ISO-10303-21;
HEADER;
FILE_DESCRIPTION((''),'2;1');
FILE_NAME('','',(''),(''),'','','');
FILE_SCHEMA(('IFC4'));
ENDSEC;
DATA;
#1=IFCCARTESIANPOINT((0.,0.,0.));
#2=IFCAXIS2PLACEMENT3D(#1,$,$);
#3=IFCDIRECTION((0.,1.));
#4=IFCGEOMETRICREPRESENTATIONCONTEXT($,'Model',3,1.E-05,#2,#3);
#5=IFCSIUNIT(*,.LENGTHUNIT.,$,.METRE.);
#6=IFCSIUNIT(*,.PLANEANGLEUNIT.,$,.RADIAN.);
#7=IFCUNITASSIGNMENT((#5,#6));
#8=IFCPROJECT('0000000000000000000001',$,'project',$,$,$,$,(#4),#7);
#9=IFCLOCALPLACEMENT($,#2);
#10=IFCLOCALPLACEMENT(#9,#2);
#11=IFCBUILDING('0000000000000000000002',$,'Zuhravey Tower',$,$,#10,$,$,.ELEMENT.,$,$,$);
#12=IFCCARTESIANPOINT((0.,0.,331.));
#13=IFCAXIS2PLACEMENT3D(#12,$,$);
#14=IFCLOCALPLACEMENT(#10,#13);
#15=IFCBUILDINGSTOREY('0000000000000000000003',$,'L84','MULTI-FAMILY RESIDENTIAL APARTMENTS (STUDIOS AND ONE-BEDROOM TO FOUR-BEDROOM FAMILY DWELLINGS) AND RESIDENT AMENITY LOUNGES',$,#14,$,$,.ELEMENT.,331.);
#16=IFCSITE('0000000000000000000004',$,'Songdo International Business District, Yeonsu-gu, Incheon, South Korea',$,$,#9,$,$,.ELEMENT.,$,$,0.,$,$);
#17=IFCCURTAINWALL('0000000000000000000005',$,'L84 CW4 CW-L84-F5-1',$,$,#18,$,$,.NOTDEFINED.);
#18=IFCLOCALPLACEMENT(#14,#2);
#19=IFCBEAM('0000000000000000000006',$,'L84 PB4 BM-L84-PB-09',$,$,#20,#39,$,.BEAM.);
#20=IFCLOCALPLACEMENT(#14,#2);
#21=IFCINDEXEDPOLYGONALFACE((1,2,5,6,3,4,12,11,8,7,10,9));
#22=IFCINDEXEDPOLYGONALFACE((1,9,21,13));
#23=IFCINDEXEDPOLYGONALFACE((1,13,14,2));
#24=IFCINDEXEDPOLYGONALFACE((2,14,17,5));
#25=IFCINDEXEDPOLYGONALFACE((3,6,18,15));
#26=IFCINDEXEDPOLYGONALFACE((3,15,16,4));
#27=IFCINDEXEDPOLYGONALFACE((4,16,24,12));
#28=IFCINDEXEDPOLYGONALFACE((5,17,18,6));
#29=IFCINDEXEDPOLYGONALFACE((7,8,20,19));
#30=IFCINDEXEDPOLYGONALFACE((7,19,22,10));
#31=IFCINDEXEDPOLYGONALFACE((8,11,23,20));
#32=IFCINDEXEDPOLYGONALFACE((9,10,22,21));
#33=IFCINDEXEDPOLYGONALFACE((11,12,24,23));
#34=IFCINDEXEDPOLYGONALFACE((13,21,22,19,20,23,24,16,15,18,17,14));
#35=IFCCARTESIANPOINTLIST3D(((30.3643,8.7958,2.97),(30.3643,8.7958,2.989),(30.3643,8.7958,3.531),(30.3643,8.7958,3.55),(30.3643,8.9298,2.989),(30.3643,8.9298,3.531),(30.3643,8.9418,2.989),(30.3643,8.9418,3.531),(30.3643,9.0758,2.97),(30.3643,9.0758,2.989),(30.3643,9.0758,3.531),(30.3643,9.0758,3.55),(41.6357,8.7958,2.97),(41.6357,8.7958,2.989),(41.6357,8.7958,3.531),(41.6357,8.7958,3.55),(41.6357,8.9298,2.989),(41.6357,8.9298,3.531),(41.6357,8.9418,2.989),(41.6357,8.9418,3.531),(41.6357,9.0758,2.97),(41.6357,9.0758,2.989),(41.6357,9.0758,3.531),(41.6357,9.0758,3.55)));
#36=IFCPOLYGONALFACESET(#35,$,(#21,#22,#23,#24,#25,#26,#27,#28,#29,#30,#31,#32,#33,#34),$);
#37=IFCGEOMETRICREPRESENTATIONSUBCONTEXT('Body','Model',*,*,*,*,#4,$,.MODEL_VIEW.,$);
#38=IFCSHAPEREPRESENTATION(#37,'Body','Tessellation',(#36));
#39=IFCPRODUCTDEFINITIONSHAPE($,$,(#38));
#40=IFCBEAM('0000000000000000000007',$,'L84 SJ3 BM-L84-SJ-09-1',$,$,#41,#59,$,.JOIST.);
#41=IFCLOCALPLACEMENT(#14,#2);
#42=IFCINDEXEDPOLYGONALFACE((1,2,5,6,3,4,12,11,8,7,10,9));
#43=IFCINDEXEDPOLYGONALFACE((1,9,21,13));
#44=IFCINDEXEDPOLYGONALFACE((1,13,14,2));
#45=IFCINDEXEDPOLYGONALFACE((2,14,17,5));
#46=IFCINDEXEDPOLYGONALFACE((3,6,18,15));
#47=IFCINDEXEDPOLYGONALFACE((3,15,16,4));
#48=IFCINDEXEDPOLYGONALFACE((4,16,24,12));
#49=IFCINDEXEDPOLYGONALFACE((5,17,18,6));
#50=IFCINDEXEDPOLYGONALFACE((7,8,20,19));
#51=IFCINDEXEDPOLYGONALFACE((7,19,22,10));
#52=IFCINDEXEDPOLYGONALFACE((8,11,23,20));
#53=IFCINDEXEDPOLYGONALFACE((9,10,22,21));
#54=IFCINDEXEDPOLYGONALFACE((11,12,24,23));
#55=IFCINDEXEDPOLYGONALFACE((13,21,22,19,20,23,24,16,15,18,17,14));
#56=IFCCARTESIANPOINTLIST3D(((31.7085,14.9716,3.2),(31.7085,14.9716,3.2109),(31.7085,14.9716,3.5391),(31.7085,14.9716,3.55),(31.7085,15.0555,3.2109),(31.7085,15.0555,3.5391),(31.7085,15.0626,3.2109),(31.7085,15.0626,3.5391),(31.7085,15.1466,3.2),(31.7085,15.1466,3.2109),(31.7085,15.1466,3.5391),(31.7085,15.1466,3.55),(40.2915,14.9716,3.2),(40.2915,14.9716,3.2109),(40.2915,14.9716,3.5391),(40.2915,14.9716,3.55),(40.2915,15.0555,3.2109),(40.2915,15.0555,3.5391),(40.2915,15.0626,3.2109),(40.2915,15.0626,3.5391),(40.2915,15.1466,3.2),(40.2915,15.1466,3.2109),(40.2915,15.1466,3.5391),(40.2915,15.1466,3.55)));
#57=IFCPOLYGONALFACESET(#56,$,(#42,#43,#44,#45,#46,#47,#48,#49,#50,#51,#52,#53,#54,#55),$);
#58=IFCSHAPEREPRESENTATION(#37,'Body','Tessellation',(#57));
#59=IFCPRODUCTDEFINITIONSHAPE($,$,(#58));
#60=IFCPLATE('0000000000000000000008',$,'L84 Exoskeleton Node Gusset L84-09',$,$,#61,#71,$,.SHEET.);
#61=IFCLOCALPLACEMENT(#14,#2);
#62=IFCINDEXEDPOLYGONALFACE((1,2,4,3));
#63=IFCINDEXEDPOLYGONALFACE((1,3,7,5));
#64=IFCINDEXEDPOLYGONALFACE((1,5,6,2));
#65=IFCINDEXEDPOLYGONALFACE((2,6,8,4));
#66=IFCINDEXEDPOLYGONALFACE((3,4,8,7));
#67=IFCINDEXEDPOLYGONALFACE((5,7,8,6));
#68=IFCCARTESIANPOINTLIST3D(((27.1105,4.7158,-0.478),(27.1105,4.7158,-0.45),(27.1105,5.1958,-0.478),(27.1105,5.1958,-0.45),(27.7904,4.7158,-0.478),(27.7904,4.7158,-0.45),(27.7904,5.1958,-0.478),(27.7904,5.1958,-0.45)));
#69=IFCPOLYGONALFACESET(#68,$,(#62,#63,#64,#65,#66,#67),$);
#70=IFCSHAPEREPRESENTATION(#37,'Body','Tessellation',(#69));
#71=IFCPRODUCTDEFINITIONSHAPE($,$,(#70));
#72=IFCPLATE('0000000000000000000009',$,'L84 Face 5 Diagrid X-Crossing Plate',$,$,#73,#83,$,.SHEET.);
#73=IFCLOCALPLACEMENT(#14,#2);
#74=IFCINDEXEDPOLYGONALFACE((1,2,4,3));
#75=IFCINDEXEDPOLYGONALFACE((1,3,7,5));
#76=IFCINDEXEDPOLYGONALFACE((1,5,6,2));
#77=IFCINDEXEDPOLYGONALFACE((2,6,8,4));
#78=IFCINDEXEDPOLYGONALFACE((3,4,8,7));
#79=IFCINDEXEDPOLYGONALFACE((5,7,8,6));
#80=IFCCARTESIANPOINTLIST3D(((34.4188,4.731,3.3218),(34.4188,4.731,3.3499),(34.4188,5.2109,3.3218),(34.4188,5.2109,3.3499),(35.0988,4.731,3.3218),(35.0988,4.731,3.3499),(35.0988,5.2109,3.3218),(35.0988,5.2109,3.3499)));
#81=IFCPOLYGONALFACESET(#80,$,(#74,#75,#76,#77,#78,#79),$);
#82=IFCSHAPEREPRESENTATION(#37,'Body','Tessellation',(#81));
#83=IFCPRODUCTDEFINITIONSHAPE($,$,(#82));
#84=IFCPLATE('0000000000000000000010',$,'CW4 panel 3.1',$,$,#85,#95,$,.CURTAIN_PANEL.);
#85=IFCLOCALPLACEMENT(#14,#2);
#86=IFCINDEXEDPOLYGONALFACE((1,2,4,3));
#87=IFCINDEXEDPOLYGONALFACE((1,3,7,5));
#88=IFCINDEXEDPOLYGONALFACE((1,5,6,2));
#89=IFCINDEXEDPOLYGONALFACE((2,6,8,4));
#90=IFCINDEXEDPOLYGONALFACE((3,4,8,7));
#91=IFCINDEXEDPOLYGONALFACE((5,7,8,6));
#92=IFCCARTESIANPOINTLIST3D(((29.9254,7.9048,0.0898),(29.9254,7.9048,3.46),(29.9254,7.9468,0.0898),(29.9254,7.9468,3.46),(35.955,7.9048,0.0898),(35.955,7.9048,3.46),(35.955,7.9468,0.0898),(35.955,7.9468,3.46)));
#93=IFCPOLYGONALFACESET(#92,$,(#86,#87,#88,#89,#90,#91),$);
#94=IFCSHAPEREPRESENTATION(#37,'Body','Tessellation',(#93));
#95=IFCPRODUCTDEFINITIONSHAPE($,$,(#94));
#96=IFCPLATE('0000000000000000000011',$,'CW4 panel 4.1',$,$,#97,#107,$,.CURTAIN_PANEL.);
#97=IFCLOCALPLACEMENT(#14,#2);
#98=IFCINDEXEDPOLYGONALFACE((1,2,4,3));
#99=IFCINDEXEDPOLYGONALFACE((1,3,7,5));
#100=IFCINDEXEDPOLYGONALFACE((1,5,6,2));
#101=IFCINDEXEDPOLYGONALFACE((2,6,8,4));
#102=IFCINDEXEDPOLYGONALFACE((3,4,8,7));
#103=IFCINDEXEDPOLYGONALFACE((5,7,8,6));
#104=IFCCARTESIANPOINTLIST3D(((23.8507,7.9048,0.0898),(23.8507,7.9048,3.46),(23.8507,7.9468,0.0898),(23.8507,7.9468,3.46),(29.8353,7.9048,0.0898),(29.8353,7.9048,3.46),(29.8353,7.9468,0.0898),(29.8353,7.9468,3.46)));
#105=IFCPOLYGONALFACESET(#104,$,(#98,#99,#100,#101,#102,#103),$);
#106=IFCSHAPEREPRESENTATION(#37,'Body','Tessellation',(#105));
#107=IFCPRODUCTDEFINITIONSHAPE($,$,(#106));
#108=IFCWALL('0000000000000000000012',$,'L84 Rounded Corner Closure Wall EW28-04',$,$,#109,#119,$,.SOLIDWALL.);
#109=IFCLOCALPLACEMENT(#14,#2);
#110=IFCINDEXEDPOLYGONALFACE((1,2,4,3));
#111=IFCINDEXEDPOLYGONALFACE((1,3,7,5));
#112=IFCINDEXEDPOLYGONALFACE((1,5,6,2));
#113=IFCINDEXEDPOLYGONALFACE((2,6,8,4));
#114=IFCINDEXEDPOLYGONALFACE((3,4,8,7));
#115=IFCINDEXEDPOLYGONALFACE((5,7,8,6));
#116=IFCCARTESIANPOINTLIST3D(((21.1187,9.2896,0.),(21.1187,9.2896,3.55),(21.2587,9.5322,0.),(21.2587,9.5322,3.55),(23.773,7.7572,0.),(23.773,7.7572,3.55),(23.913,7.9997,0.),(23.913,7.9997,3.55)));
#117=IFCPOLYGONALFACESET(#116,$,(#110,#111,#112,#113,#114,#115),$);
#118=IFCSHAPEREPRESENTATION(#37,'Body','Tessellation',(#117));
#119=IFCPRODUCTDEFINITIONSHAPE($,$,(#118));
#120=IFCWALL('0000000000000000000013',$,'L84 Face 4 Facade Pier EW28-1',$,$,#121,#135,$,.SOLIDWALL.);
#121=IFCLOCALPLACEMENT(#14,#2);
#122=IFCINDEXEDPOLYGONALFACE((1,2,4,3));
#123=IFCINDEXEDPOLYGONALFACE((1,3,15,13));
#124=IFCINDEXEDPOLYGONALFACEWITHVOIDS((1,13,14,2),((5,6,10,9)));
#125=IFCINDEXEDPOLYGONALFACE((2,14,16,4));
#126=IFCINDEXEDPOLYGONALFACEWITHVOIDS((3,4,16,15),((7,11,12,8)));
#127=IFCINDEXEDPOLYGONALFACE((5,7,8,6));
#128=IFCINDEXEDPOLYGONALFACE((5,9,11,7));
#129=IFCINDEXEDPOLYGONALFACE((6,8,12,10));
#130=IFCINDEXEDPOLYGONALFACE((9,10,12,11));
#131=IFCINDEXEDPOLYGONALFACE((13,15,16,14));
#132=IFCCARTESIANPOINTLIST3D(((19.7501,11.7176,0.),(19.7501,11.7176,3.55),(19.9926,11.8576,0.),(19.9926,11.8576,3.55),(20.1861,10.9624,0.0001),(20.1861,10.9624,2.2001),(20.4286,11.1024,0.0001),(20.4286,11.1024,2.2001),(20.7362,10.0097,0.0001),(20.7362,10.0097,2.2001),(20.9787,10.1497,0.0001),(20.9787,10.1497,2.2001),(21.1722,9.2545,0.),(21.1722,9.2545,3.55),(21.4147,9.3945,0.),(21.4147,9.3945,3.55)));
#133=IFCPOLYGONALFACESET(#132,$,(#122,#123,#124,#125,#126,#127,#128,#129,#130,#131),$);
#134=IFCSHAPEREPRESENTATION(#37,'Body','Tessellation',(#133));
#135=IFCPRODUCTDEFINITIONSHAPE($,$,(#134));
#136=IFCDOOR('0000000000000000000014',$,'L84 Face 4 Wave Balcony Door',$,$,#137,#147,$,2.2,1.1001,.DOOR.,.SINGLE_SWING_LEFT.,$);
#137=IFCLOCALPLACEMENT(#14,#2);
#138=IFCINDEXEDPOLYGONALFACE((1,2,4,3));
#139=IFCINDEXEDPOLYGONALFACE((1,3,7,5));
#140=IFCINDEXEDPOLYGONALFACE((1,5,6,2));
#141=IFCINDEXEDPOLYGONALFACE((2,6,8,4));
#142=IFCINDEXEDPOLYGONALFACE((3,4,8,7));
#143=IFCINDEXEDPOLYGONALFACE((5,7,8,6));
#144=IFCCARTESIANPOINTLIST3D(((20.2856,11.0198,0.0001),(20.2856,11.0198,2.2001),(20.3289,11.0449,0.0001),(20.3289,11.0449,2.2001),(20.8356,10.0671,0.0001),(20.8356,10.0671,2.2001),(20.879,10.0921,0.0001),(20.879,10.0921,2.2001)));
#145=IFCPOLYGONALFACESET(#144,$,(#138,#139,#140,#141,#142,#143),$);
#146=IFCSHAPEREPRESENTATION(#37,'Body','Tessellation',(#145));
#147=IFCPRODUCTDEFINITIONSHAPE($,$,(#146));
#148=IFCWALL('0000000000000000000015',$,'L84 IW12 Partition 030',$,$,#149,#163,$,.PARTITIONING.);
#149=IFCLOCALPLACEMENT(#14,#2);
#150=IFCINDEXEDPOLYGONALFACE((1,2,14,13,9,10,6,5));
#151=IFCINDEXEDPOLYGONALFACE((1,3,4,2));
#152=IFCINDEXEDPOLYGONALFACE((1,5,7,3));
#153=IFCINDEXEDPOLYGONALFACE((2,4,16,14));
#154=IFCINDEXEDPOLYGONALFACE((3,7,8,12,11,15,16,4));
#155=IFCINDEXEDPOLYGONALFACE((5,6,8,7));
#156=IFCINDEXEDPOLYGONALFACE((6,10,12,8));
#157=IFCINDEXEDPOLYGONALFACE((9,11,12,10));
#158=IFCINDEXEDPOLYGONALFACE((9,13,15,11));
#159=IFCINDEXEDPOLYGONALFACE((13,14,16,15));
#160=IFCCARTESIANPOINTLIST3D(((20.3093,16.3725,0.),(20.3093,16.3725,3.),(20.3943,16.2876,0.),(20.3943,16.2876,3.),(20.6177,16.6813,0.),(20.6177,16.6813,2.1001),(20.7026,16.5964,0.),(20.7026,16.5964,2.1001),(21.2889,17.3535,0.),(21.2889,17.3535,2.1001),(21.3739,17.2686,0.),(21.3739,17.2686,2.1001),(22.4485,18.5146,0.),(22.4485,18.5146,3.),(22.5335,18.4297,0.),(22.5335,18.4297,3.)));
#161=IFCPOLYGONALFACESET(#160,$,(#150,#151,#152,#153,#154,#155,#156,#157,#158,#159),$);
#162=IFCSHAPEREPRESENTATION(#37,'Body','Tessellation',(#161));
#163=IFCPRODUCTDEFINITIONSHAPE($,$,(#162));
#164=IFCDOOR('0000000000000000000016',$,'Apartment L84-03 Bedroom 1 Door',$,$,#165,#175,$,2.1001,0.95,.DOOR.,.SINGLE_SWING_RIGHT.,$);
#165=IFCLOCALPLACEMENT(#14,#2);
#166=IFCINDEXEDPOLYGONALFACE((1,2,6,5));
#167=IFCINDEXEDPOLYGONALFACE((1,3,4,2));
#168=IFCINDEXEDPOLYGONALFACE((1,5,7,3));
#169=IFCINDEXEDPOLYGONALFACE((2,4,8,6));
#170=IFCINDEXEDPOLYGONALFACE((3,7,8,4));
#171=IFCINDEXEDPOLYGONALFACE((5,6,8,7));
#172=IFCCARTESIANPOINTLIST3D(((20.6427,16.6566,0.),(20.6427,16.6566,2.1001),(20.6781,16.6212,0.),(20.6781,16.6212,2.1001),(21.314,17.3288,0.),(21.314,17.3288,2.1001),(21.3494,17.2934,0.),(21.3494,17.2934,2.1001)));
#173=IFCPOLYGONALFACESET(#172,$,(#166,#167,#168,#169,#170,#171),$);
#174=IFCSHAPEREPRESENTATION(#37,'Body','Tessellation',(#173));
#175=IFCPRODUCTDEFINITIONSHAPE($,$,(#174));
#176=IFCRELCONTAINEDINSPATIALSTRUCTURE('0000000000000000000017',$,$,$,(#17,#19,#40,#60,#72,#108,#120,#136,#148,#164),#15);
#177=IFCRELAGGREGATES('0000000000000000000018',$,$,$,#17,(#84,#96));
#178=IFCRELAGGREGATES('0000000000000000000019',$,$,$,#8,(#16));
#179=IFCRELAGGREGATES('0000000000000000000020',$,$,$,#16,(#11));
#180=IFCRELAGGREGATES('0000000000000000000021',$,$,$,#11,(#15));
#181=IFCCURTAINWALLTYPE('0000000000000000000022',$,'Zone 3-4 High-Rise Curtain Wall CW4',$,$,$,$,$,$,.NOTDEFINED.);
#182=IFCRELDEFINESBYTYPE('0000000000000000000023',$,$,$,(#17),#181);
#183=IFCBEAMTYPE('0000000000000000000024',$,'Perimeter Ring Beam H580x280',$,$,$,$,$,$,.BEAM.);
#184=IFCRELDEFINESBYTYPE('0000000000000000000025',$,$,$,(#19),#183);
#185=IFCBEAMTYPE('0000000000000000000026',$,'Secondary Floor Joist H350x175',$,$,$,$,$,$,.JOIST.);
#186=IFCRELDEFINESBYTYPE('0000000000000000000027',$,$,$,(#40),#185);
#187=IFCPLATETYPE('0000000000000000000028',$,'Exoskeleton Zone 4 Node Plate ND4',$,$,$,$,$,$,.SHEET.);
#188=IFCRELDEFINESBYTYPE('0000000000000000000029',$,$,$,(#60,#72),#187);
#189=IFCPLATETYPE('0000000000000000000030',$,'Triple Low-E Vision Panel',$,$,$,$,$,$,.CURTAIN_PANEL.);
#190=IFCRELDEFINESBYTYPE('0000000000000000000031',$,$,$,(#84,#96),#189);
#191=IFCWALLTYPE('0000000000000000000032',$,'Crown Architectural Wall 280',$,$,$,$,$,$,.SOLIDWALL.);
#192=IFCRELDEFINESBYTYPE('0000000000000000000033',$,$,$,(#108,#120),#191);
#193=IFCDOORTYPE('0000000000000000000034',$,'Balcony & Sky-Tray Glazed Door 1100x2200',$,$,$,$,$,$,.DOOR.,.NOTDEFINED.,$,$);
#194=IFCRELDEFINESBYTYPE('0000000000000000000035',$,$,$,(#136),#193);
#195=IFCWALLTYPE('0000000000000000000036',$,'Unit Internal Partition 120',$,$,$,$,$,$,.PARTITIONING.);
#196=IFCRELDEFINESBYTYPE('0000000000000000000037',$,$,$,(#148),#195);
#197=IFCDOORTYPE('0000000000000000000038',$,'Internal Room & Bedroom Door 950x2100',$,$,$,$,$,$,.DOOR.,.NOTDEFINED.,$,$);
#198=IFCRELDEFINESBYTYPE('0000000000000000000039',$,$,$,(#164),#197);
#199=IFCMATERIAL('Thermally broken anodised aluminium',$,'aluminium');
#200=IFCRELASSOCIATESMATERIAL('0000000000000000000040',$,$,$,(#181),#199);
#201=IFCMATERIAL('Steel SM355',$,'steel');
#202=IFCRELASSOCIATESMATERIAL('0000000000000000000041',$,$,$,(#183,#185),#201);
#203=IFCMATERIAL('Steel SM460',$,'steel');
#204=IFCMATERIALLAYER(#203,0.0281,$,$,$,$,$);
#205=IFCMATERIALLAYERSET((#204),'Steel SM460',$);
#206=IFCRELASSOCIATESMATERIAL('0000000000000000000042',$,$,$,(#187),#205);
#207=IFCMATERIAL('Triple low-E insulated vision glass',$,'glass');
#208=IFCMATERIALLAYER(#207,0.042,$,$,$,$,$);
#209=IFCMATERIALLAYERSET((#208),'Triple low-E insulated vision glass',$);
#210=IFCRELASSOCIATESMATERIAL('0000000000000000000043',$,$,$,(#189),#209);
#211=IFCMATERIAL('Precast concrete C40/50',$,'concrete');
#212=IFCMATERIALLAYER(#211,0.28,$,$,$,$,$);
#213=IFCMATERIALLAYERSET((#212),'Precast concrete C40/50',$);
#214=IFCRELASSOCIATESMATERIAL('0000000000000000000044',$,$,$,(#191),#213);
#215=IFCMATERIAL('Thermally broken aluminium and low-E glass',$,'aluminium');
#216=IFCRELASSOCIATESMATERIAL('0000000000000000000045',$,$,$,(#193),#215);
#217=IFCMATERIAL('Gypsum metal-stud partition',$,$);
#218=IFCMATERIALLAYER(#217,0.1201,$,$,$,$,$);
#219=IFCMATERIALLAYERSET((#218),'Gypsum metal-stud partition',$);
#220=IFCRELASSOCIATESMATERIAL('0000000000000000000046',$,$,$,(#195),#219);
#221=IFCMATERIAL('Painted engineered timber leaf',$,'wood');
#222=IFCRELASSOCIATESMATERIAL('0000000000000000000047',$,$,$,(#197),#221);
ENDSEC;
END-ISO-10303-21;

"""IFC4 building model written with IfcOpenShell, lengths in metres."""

from ifc_helpers import new_model, si_unit, direction, frame, frame_2d, origin, origin_2d, place, context, subcontext, project, spatial, rectangle, i_section, extrude, material, layer, layer_set, material_profile, profile_set, type_object, element, fill, aggregate, save


model = new_model("IFC4")

# Units and contexts
model_context = context("Model", 3, precision=1e-05, world=origin(), true_north=direction((0.0, 1.0)))
body_context = subcontext(model_context, "Body", "Model", "MODEL_VIEW")
ifc_project = project(units=[si_unit("LENGTHUNIT", "METRE"), si_unit("PLANEANGLEUNIT", "RADIAN")], contexts=[model_context])

# Site, building, storey
site_placement = place(None, origin())
site = spatial("IfcSite", under=ifc_project, at=site_placement, Name="Songdo International Business District, Yeonsu-gu, Incheon, South Korea", CompositionType="ELEMENT", RefElevation=0.0)
building_placement = place(site_placement, origin())
building = spatial("IfcBuilding", under=site, at=building_placement, Name="Zuhravey Tower", CompositionType="ELEMENT")
storey_placement = place(building_placement, frame((0.0, 0.0, 331.0)))
storey = spatial("IfcBuildingStorey", under=building, at=storey_placement, Name="L84", Description="MULTI-FAMILY RESIDENTIAL APARTMENTS (STUDIOS AND ONE-BEDROOM TO FOUR-BEDROOM FAMILY DWELLINGS) AND RESIDENT AMENITY LOUNGES", CompositionType="ELEMENT", Elevation=331.0)

# Curtain wall
ifc_material_1 = material(Name="Thermally broken anodised aluminium", Category="aluminium")
curtain_wall_type = type_object("IfcCurtainWallType", Name="Zone 3-4 High-Rise Curtain Wall CW4", PredefinedType="NOTDEFINED", material=ifc_material_1)
curtain_wall_placement = place(storey_placement, origin())
curtain_wall = element("IfcCurtainWall", 1, at=curtain_wall_placement, inside=storey, type_object=curtain_wall_type, Name="L84 CW4 CW-L84-F5-1", PredefinedType="NOTDEFINED")

# Shared definitions
ifc_material_2 = material(Name="Steel SM355", Category="steel")

# Beams
ifc_material_profile_1 = material_profile(ifc_material_2, i_section(OverallWidth=0.28, OverallDepth=0.5801, WebThickness=0.012, FlangeThickness=0.019, at=origin_2d()), Name="H-580x280x12x19")
ifc_profile_set_1 = profile_set([ifc_material_profile_1], Name="Steel SM355")
beam_type_1 = type_object("IfcBeamType", Name="Perimeter Ring Beam H580x280", PredefinedType="BEAM", material=ifc_profile_set_1)
beam_1_placement = place(storey_placement, frame((30.3643, 8.9358, 3.26), z_axis=(1.0, 0.0, 0.0), x_axis=(0.0, 1.0, 0.0)))
element("IfcBeam", 2, at=beam_1_placement, inside=storey, type_object=beam_type_1, Name="L84 PB4 BM-L84-PB-09", PredefinedType="BEAM", context=body_context, shape_type="SweptSolid", body=[
    extrude(i_section(OverallWidth=0.28, OverallDepth=0.5801, WebThickness=0.012, FlangeThickness=0.019, at=origin_2d()), origin(), (0.0, 0.0, 1.0), 11.2715),
])
ifc_material_profile_2 = material_profile(ifc_material_2, i_section(OverallWidth=0.175, OverallDepth=0.3501, WebThickness=0.0071, FlangeThickness=0.011, at=origin_2d()), Name="H-350x175x7x11")
ifc_profile_set_2 = profile_set([ifc_material_profile_2], Name="Steel SM355")
beam_type_2 = type_object("IfcBeamType", Name="Secondary Floor Joist H350x175", PredefinedType="JOIST", material=ifc_profile_set_2)
beam_2_placement = place(storey_placement, frame((31.7085, 15.0591, 3.375), z_axis=(1.0, 0.0, 0.0), x_axis=(0.0, 1.0, 0.0)))
element("IfcBeam", 3, at=beam_2_placement, inside=storey, type_object=beam_type_2, Name="L84 SJ3 BM-L84-SJ-09-1", PredefinedType="JOIST", context=body_context, shape_type="SweptSolid", body=[
    extrude(i_section(OverallWidth=0.175, OverallDepth=0.3501, WebThickness=0.0071, FlangeThickness=0.011, at=origin_2d()), origin(), (0.0, 0.0, 1.0), 8.583),
])

# Plates
ifc_material_3 = material(Name="Steel SM460", Category="steel")
ifc_layer_1 = layer(ifc_material_3, 0.0281)
ifc_layer_set_1 = layer_set([ifc_layer_1], Name="Steel SM460")
plate_type_1 = type_object("IfcPlateType", Name="Exoskeleton Zone 4 Node Plate ND4", PredefinedType="SHEET", material=ifc_layer_set_1)
for number, where, z_axis, x_axis, name in (
    (4, (27.4504, 4.9558, -0.478), (0.0, 0.0, 1.0), (1.0, 0.0, 0.0), "L84 Exoskeleton Node Gusset L84-09"),
    (5, (34.7588, 4.9709, 3.3218), (0.0, 0.0, 1.0), (1.0, 0.0, 0.0), "L84 Face 5 Diagrid X-Crossing Plate"),
):
    element("IfcPlate", number, at=place(storey_placement, frame(where, z_axis=z_axis, x_axis=x_axis)), inside=storey, type_object=plate_type_1, Name=name, PredefinedType="SHEET", context=body_context, shape_type="SweptSolid", body=[
        extrude(rectangle(XDim=0.6799, YDim=0.48, at=origin_2d()), origin(), (0.0, 0.0, 1.0), 0.0281),
    ])

# Plates
ifc_material_4 = material(Name="Triple low-E insulated vision glass", Category="glass")
ifc_layer_2 = layer(ifc_material_4, 0.042)
ifc_layer_set_2 = layer_set([ifc_layer_2], Name="Triple low-E insulated vision glass")
plate_type_2 = type_object("IfcPlateType", Name="Triple Low-E Vision Panel", PredefinedType="CURTAIN_PANEL", material=ifc_layer_set_2)
plate_1_placement = place(storey_placement, frame((32.9402, 7.9258, 0.0898), z_axis=(0.0, 0.0, 1.0), x_axis=(-1.0, 0.0, 0.0)))
plate_1 = element("IfcPlate", 6, at=plate_1_placement, type_object=plate_type_2, Name="CW4 panel 3.1", PredefinedType="CURTAIN_PANEL", context=body_context, shape_type="SweptSolid", body=[
    extrude(rectangle(XDim=6.0295, YDim=0.042, at=origin_2d()), origin(), (0.0, 0.0, 1.0), 3.3701),
])
plate_2_placement = place(storey_placement, frame((26.843, 7.9258, 0.0898), z_axis=(0.0, 0.0, 1.0), x_axis=(-1.0, 0.0, 0.0)))
plate_2 = element("IfcPlate", 7, at=plate_2_placement, type_object=plate_type_2, Name="CW4 panel 4.1", PredefinedType="CURTAIN_PANEL", context=body_context, shape_type="SweptSolid", body=[
    extrude(rectangle(XDim=5.9846, YDim=0.042, at=origin_2d()), origin(), (0.0, 0.0, 1.0), 3.3701),
])
aggregate(curtain_wall, [plate_1, plate_2])

# Wall
ifc_material_5 = material(Name="Precast concrete C40/50", Category="concrete")
ifc_layer_3 = layer(ifc_material_5, 0.28)
ifc_layer_set_3 = layer_set([ifc_layer_3], Name="Precast concrete C40/50")
wall_type_1 = type_object("IfcWallType", Name="Crown Architectural Wall 280", PredefinedType="SOLIDWALL", material=ifc_layer_set_3)
wall_1_placement = place(storey_placement, frame((23.843, 7.8784, 0.0), z_axis=(0.0, 0.0, 1.0), x_axis=(-0.866024, 0.500003, 0.0)))
element("IfcWall", 8, at=wall_1_placement, inside=storey, type_object=wall_type_1, Name="L84 Rounded Corner Closure Wall EW28-04", PredefinedType="SOLIDWALL", context=body_context, shape_type="SweptSolid", body=[
    extrude(rectangle(XDim=3.0649, YDim=0.28, at=frame_2d((1.5325, 0.0))), origin(), (0.0, 0.0, 1.0), 3.55),
])

# Walls, openings, doors
wall_2_placement = place(storey_placement, frame((21.2935, 9.3245, 0.0), z_axis=(0.0, 0.0, 1.0), x_axis=(-0.500007, 0.866021, 0.0)))
wall_2 = element("IfcWall", 9, at=wall_2_placement, inside=storey, type_object=wall_type_1, Name="L84 Face 4 Facade Pier EW28-1", PredefinedType="SOLIDWALL", context=body_context, shape_type="SweptSolid", body=[
    extrude(rectangle(XDim=2.8442, YDim=0.28, at=frame_2d((1.4221, 0.0))), origin(), (0.0, 0.0, 1.0), 3.55),
])
opening_1_placement = place(wall_2_placement, frame((0.8721, 0.0, 0.0)))
opening_1 = element("IfcOpeningElement", 10, at=opening_1_placement, cuts=wall_2, PredefinedType="OPENING", context=body_context, shape_type="SweptSolid", body=[
    extrude(rectangle(XDim=1.1001, YDim=2.2, at=frame_2d((0.55, 1.1001))), frame((0.0, 0.1521, 0.0), z_axis=(0.0, -1.0, 0.0), x_axis=(1.0, 0.0, 0.0)), (0.0, 0.0, 1.0), 0.304),
])
ifc_material_6 = material(Name="Thermally broken aluminium and low-E glass", Category="aluminium")
door_type_1 = type_object("IfcDoorType", Name="Balcony & Sky-Tray Glazed Door 1100x2200", OperationType="NOTDEFINED", PredefinedType="DOOR", material=ifc_material_6)
door_1_placement = place(opening_1_placement, frame((1.1001, 0.0, 0.0), z_axis=(0.0, 0.0, 1.0), x_axis=(-1.0, 0.0, 0.0)))
door_1 = element("IfcDoor", 11, at=door_1_placement, inside=storey, type_object=door_type_1, Name="L84 Face 4 Wave Balcony Door", OperationType="SINGLE_SWING_LEFT", OverallHeight=2.2, OverallWidth=1.1001, PredefinedType="DOOR", context=body_context, shape_type="SweptSolid", body=[
    extrude(rectangle(XDim=1.1001, YDim=2.2, at=frame_2d((0.55, 1.1001))), frame((0.0, 0.0249, 0.0), z_axis=(0.0, -1.0, 0.0), x_axis=(1.0, 0.0, 0.0)), (0.0, 0.0, 1.0), 0.05),
])
fill(opening_1, door_1)
ifc_material_7 = material(Name="Gypsum metal-stud partition")
ifc_layer_4 = layer(ifc_material_7, 0.1201)
ifc_layer_set_4 = layer_set([ifc_layer_4], Name="Gypsum metal-stud partition")
wall_type_2 = type_object("IfcWallType", Name="Unit Internal Partition 120", PredefinedType="PARTITIONING", material=ifc_layer_set_4)
wall_3_placement = place(storey_placement, frame((22.491, 18.4722, 0.0), z_axis=(0.0, 0.0, 1.0), x_axis=(-0.706623, -0.70759, 0.0)))
wall_3 = element("IfcWall", 12, at=wall_3_placement, inside=storey, type_object=wall_type_2, Name="L84 IW12 Partition 030", PredefinedType="PARTITIONING", context=body_context, shape_type="SweptSolid", body=[
    extrude(rectangle(XDim=3.0273, YDim=0.1201, at=frame_2d((1.5137, 0.0))), origin(), (0.0, 0.0, 1.0), 3.0),
])
opening_2_placement = place(wall_3_placement, frame((1.6409, 0.0, 0.0)))
opening_2 = element("IfcOpeningElement", 13, at=opening_2_placement, cuts=wall_3, PredefinedType="OPENING", context=body_context, shape_type="SweptSolid", body=[
    extrude(rectangle(XDim=0.95, YDim=2.1001, at=frame_2d((0.4751, 1.05))), frame((0.0, 0.072, 0.0), z_axis=(0.0, -1.0, 0.0), x_axis=(1.0, 0.0, 0.0)), (0.0, 0.0, 1.0), 0.144),
])
ifc_material_8 = material(Name="Painted engineered timber leaf", Category="wood")
door_type_2 = type_object("IfcDoorType", Name="Internal Room & Bedroom Door 950x2100", OperationType="NOTDEFINED", PredefinedType="DOOR", material=ifc_material_8)
door_2_placement = place(opening_2_placement, frame((0.95, 0.0, 0.0), z_axis=(0.0, 0.0, 1.0), x_axis=(-1.0, 0.0, 0.0)))
door_2 = element("IfcDoor", 14, at=door_2_placement, inside=storey, type_object=door_type_2, Name="Apartment L84-03 Bedroom 1 Door", OperationType="SINGLE_SWING_RIGHT", OverallHeight=2.1001, OverallWidth=0.95, PredefinedType="DOOR", context=body_context, shape_type="SweptSolid", body=[
    extrude(rectangle(XDim=0.95, YDim=2.1001, at=frame_2d((0.4751, 1.05))), frame((0.0, 0.0249, 0.0), z_axis=(0.0, -1.0, 0.0), x_axis=(1.0, 0.0, 0.0)), (0.0, 0.0, 1.0), 0.05),
])
fill(opening_2, door_2)

save(model, "model.ifc")
